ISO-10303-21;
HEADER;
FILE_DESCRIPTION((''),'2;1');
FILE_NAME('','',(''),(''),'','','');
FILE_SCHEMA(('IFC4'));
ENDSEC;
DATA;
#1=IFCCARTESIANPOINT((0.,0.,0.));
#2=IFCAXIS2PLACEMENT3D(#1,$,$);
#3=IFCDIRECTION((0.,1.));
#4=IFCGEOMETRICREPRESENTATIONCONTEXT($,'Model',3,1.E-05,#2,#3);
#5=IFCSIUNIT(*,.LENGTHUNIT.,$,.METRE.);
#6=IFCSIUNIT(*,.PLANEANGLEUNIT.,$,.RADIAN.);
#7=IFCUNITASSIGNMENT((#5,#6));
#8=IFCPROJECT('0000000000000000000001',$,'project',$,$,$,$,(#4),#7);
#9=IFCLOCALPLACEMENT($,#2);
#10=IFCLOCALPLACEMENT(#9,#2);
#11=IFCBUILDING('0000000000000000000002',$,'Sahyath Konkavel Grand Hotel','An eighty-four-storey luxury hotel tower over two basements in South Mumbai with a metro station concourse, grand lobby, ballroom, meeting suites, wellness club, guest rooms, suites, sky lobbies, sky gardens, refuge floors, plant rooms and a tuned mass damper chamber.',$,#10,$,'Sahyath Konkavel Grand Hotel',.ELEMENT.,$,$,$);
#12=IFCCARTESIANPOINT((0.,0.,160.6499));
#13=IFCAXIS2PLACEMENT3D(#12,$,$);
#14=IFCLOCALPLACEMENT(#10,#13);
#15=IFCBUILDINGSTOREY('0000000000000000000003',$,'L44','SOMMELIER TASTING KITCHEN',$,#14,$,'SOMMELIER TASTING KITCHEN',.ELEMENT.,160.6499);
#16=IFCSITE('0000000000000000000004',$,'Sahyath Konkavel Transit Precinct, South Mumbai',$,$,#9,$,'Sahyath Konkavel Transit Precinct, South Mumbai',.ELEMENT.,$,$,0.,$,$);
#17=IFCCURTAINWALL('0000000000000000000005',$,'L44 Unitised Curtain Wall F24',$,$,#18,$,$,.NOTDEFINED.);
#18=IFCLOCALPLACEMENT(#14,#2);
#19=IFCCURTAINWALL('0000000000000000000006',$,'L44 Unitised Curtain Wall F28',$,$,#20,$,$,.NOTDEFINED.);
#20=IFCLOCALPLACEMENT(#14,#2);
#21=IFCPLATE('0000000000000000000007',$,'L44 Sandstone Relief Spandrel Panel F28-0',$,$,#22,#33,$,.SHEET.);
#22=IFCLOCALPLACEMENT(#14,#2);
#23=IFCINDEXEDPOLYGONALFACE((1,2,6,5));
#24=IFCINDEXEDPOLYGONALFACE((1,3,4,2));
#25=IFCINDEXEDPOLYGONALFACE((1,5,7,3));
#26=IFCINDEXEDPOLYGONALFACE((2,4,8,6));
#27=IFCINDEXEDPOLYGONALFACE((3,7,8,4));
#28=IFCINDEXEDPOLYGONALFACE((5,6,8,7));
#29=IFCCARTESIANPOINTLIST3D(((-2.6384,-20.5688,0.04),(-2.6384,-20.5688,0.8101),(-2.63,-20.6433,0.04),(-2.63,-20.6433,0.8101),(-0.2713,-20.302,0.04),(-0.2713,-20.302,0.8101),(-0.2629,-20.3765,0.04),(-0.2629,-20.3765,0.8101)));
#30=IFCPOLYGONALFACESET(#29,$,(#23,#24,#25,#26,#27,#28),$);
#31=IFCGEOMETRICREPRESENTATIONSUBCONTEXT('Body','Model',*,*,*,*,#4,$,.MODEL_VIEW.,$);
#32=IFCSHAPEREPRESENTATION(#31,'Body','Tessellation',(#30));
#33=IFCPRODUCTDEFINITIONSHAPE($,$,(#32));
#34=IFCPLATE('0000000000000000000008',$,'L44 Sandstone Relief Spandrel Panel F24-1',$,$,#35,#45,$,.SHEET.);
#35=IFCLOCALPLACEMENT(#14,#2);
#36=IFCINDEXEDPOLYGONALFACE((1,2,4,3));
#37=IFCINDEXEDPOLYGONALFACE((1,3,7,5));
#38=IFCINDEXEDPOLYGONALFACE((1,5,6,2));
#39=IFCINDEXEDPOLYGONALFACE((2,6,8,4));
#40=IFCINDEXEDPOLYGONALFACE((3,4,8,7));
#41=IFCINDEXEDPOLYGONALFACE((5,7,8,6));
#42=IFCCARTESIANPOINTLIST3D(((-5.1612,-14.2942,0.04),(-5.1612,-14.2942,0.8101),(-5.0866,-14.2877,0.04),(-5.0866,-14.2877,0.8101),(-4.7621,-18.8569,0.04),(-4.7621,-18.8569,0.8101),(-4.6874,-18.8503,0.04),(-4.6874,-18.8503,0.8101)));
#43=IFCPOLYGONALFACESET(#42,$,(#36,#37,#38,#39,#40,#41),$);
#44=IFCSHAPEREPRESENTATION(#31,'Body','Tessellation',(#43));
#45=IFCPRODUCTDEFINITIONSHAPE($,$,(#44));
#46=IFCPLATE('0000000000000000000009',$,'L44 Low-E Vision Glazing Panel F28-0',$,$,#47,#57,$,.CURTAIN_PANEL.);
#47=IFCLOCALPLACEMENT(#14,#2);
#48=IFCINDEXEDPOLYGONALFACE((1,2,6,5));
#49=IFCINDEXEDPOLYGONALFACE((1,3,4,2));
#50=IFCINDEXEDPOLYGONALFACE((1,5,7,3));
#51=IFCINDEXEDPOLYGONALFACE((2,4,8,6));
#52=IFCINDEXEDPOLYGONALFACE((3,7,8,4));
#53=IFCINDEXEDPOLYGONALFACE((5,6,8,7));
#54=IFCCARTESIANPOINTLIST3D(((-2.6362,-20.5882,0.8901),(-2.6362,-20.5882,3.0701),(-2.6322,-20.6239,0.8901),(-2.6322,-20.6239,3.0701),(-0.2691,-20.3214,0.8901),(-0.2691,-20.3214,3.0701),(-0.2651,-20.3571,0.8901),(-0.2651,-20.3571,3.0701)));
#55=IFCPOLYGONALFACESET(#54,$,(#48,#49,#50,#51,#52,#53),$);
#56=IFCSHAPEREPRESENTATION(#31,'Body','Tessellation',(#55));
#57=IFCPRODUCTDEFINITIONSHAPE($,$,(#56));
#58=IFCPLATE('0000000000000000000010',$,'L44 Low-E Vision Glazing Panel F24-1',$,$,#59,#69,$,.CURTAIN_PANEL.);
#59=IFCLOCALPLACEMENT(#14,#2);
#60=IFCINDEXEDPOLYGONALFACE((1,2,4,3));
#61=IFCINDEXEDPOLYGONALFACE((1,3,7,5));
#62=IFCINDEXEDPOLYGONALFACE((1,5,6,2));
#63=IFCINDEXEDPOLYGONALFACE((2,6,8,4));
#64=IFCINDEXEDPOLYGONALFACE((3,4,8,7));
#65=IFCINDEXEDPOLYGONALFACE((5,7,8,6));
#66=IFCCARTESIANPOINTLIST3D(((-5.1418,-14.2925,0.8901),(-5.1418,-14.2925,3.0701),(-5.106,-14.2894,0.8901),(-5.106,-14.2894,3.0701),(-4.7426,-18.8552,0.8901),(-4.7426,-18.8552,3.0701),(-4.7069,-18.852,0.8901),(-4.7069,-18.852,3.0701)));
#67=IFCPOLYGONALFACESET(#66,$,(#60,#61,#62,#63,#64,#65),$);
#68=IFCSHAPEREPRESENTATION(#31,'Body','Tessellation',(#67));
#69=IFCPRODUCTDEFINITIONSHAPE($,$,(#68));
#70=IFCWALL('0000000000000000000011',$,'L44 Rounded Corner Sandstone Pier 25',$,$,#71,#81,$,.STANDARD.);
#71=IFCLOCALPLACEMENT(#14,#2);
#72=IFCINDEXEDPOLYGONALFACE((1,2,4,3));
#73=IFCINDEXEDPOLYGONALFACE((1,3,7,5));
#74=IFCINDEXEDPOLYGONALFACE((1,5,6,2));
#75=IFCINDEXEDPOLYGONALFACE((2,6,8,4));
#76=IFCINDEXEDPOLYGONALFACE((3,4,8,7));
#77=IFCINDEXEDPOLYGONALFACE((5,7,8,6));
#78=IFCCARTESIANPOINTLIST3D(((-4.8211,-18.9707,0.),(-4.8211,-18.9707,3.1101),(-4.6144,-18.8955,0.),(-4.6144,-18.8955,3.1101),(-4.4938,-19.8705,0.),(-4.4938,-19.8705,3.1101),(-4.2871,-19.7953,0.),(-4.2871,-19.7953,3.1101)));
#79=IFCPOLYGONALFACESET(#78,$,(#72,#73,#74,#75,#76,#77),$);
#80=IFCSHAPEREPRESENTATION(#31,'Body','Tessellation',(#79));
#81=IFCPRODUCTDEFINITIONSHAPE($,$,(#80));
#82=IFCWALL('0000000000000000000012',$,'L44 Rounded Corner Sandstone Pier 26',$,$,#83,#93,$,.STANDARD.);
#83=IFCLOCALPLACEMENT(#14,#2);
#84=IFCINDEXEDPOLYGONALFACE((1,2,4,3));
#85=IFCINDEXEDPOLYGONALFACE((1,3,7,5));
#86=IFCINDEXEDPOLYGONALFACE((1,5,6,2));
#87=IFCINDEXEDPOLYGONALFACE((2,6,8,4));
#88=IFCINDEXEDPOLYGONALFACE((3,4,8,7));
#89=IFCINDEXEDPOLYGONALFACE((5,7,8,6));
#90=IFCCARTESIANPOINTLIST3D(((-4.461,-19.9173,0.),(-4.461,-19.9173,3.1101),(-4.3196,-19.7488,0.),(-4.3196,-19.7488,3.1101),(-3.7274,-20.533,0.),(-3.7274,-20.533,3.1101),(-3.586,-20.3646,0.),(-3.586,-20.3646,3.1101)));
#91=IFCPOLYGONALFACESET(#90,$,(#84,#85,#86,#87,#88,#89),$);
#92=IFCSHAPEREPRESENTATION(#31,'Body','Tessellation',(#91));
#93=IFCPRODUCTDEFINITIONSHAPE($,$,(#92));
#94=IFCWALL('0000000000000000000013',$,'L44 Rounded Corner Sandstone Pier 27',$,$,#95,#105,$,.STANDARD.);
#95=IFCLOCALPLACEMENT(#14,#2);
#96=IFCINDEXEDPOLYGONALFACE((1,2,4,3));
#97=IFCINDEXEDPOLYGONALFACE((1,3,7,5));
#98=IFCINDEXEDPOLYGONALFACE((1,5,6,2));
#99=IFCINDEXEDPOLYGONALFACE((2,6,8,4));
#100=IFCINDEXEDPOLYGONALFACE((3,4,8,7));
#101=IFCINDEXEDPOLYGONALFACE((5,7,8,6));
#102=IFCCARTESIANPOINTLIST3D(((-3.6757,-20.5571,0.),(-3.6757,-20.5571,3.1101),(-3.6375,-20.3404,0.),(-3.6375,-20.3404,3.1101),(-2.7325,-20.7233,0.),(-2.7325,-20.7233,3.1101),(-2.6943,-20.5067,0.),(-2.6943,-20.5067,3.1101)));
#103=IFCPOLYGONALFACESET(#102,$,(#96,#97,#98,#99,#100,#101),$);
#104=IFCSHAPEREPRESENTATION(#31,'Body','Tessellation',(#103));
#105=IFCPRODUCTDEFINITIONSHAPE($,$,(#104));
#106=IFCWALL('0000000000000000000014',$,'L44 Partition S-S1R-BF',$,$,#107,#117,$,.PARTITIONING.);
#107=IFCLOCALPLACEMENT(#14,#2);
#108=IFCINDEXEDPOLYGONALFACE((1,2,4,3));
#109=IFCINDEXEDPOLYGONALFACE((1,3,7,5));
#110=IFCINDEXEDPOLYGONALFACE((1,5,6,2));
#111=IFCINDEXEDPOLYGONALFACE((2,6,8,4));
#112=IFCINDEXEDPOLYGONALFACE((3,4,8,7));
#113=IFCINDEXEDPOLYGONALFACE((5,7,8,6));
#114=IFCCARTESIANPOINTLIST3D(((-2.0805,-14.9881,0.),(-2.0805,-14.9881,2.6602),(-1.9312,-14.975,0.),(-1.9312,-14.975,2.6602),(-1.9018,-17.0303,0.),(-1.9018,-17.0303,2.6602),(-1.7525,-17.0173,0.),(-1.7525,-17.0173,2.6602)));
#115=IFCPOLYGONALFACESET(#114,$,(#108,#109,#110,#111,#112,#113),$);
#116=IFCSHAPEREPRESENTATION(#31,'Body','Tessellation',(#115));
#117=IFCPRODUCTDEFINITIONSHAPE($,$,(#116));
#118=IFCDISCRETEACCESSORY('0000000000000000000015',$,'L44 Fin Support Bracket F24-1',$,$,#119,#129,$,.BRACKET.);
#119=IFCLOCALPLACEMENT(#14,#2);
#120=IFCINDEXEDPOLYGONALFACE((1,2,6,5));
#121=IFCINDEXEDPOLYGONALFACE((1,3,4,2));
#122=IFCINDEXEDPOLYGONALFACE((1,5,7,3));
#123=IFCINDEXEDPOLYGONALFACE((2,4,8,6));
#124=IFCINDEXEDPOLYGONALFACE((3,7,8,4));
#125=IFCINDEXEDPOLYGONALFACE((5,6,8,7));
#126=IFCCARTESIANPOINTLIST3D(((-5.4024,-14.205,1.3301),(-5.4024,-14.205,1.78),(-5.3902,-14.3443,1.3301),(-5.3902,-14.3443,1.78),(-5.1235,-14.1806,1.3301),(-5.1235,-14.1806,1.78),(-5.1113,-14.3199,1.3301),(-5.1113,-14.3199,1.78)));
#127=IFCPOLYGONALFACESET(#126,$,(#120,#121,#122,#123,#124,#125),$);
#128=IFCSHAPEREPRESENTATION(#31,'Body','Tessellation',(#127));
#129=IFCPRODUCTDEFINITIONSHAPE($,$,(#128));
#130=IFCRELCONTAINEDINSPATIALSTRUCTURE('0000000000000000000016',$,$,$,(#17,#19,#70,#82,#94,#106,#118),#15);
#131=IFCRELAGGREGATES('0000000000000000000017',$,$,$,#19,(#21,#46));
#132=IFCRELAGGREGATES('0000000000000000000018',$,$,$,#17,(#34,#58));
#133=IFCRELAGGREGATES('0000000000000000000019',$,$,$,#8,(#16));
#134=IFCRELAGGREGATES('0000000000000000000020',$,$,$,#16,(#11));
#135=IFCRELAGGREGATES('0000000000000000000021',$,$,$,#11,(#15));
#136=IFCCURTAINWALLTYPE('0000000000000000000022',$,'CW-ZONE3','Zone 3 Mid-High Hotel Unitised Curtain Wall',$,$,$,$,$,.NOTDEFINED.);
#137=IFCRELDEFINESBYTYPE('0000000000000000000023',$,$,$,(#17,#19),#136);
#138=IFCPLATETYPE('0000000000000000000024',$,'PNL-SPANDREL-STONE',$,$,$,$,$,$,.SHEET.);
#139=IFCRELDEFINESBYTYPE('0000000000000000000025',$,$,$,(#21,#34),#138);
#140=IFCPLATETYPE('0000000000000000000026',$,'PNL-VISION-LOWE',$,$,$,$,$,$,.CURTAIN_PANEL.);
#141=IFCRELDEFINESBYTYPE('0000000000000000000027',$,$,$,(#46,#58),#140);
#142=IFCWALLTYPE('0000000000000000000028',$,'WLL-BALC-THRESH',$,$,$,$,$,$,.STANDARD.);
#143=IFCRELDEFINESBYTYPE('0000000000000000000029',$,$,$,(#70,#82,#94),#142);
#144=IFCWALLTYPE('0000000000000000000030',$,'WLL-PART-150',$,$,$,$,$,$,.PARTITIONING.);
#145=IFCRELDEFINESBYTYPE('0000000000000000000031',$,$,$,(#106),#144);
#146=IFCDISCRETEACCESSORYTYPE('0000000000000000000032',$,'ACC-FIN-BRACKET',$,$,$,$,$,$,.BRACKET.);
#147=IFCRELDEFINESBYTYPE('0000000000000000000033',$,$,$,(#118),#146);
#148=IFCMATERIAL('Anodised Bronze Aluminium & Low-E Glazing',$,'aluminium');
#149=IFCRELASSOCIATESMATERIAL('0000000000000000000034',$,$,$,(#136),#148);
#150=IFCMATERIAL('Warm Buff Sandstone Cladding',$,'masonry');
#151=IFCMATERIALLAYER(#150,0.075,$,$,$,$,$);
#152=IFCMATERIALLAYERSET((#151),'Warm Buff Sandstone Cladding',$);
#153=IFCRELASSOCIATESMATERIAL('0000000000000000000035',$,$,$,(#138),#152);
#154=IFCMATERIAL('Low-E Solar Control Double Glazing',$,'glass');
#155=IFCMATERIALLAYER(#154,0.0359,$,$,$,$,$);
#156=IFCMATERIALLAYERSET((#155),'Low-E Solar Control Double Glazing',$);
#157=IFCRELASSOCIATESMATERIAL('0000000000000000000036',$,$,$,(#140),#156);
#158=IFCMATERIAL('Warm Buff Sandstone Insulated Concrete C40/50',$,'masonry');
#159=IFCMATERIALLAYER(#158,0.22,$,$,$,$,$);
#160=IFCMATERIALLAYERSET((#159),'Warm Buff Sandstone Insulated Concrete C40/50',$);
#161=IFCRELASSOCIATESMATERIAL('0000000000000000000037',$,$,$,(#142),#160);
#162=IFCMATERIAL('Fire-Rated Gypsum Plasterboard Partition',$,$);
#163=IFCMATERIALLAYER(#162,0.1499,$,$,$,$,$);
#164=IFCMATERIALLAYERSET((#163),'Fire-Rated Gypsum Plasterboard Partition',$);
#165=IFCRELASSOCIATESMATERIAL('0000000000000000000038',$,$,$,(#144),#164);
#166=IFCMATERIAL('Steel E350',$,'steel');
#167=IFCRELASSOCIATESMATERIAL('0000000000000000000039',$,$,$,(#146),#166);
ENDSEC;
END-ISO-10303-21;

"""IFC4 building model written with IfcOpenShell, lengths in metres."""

from ifc_helpers import new_model, si_unit, direction, frame, frame_2d, origin, origin_2d, place, context, subcontext, project, spatial, rectangle, extrude, source, transform, mapped, material, layer, layer_set, type_object, element, aggregate, save


model = new_model("IFC4")

# Units and contexts
model_context = context("Model", 3, precision=1e-05, world=origin(), true_north=direction((0.0, 1.0)))
body_context = subcontext(model_context, "Body", "Model", "MODEL_VIEW")
ifc_project = project(units=[si_unit("LENGTHUNIT", "METRE"), si_unit("PLANEANGLEUNIT", "RADIAN")], contexts=[model_context])

# Site, building, storey
site_placement = place(None, origin())
site = spatial("IfcSite", under=ifc_project, at=site_placement, Name="Sahyath Konkavel Transit Precinct, South Mumbai", LongName="Sahyath Konkavel Transit Precinct, South Mumbai", CompositionType="ELEMENT", RefElevation=0.0)
building_placement = place(site_placement, origin())
building = spatial("IfcBuilding", under=site, at=building_placement, Name="Sahyath Konkavel Grand Hotel", Description="An eighty-four-storey luxury hotel tower over two basements in South Mumbai with a metro station concourse, grand lobby, ballroom, meeting suites, wellness club, guest rooms, suites, sky lobbies, sky gardens, refuge floors, plant rooms and a tuned mass damper chamber.", LongName="Sahyath Konkavel Grand Hotel", CompositionType="ELEMENT")
storey_placement = place(building_placement, frame((0.0, 0.0, 160.6499)))
storey = spatial("IfcBuildingStorey", under=building, at=storey_placement, Name="L44", Description="SOMMELIER TASTING KITCHEN", LongName="SOMMELIER TASTING KITCHEN", CompositionType="ELEMENT", Elevation=160.6499)

# Shared definitions
ifc_material_1 = material(Name="Steel E350", Category="steel")

# Curtain walls
ifc_material_2 = material(Name="Anodised Bronze Aluminium & Low-E Glazing", Category="aluminium")
curtain_wall_type = type_object("IfcCurtainWallType", Name="CW-ZONE3", Description="Zone 3 Mid-High Hotel Unitised Curtain Wall", PredefinedType="NOTDEFINED", material=ifc_material_2)
curtain_wall_1_placement = place(storey_placement, origin())
curtain_wall_1 = element("IfcCurtainWall", 1, at=curtain_wall_1_placement, inside=storey, type_object=curtain_wall_type, Name="L44 Unitised Curtain Wall F24", PredefinedType="NOTDEFINED")
curtain_wall_2_placement = place(storey_placement, origin())
curtain_wall_2 = element("IfcCurtainWall", 2, at=curtain_wall_2_placement, inside=storey, type_object=curtain_wall_type, Name="L44 Unitised Curtain Wall F28", PredefinedType="NOTDEFINED")

# Plates
ifc_material_3 = material(Name="Warm Buff Sandstone Cladding", Category="masonry")
ifc_layer_1 = layer(ifc_material_3, 0.075)
ifc_layer_set_1 = layer_set([ifc_layer_1], Name="Warm Buff Sandstone Cladding")
plate_type_1 = type_object("IfcPlateType", Name="PNL-SPANDREL-STONE", PredefinedType="SHEET", material=ifc_layer_set_1)
shared_shape_1 = source(origin(), body_context, "Body", "SweptSolid", [
    extrude(rectangle(XDim=2.3821, YDim=0.075, at=origin_2d()), origin(), (0.0, 0.0, 1.0), 0.77),
])
plate_1_placement = place(storey_placement, frame((-1.4507, -20.4727, 0.04), z_axis=(0.0, 0.0, 1.0), x_axis=(0.993707, 0.112007, 0.0)))
plate_1 = element("IfcPlate", 3, at=plate_1_placement, type_object=plate_type_1, Name="L44 Sandstone Relief Spandrel Panel F28-0", PredefinedType="SHEET", context=body_context, shape_type="MappedRepresentation", body=[
    mapped(shared_shape_1, transform((0.0, 0.0, 0.0), scale=1.0)),
])
shared_shape_2 = source(origin(), body_context, "Body", "SweptSolid", [
    extrude(rectangle(XDim=4.5801, YDim=0.075, at=origin_2d()), origin(), (0.0, 0.0, 1.0), 0.77),
])
plate_2_placement = place(storey_placement, frame((-4.9243, -16.5723, 0.04), z_axis=(0.0, 0.0, 1.0), x_axis=(0.087156, -0.996195, 0.0)))
plate_2 = element("IfcPlate", 4, at=plate_2_placement, type_object=plate_type_1, Name="L44 Sandstone Relief Spandrel Panel F24-1", PredefinedType="SHEET", context=body_context, shape_type="MappedRepresentation", body=[
    mapped(shared_shape_2, transform((0.0, 0.0, 0.0), scale=1.0)),
])
ifc_material_4 = material(Name="Low-E Solar Control Double Glazing", Category="glass")
ifc_layer_2 = layer(ifc_material_4, 0.0359)
ifc_layer_set_2 = layer_set([ifc_layer_2], Name="Low-E Solar Control Double Glazing")
plate_type_2 = type_object("IfcPlateType", Name="PNL-VISION-LOWE", PredefinedType="CURTAIN_PANEL", material=ifc_layer_set_2)
shared_shape_3 = source(origin(), body_context, "Body", "SweptSolid", [
    extrude(rectangle(XDim=2.3821, YDim=0.0359, at=origin_2d()), origin(), (0.0, 0.0, 1.0), 2.1799),
])
plate_3_placement = place(storey_placement, frame((-1.4507, -20.4727, 0.8901), z_axis=(0.0, 0.0, 1.0), x_axis=(0.993707, 0.112007, 0.0)))
plate_3 = element("IfcPlate", 5, at=plate_3_placement, type_object=plate_type_2, Name="L44 Low-E Vision Glazing Panel F28-0", PredefinedType="CURTAIN_PANEL", context=body_context, shape_type="MappedRepresentation", body=[
    mapped(shared_shape_3, transform((0.0, 0.0, 0.0), scale=1.0)),
])
aggregate(curtain_wall_2, [plate_1, plate_3])
shared_shape_4 = source(origin(), body_context, "Body", "SweptSolid", [
    extrude(rectangle(XDim=4.5801, YDim=0.0359, at=origin_2d()), origin(), (0.0, 0.0, 1.0), 2.1799),
])
plate_4_placement = place(storey_placement, frame((-4.9243, -16.5723, 0.8901), z_axis=(0.0, 0.0, 1.0), x_axis=(0.087156, -0.996195, 0.0)))
plate_4 = element("IfcPlate", 6, at=plate_4_placement, type_object=plate_type_2, Name="L44 Low-E Vision Glazing Panel F24-1", PredefinedType="CURTAIN_PANEL", context=body_context, shape_type="MappedRepresentation", body=[
    mapped(shared_shape_4, transform((0.0, 0.0, 0.0), scale=1.0)),
])
aggregate(curtain_wall_1, [plate_2, plate_4])

# Walls
ifc_material_5 = material(Name="Warm Buff Sandstone Insulated Concrete C40/50", Category="masonry")
ifc_layer_3 = layer(ifc_material_5, 0.22)
ifc_layer_set_3 = layer_set([ifc_layer_3], Name="Warm Buff Sandstone Insulated Concrete C40/50")
wall_type_1 = type_object("IfcWallType", Name="WLL-BALC-THRESH", PredefinedType="STANDARD", material=ifc_layer_set_3)
wall_1_placement = place(storey_placement, frame((-4.7178, -18.9331, 0.0), z_axis=(0.0, 0.0, 1.0), x_axis=(0.341886, -0.939741, 0.0)))
element("IfcWall", 7, at=wall_1_placement, inside=storey, type_object=wall_type_1, Name="L44 Rounded Corner Sandstone Pier 25", PredefinedType="STANDARD", context=body_context, shape_type="SweptSolid", body=[
    extrude(rectangle(XDim=0.9575, YDim=0.22, at=frame_2d((0.4788, 0.0))), origin(), (0.0, 0.0, 1.0), 3.1101),
])
for number, where, z_axis, x_axis, name in (
    (8, (-4.3904, -19.833, 0.0), (0.0, 0.0, 1.0), (0.765981, -0.642863, 0.0), "L44 Rounded Corner Sandstone Pier 26"),
    (9, (-3.6567, -20.4487, 0.0), (0.0, 0.0, 1.0), (0.984814, -0.173611, 0.0), "L44 Rounded Corner Sandstone Pier 27"),
):
    element("IfcWall", number, at=place(storey_placement, frame(where, z_axis=z_axis, x_axis=x_axis)), inside=storey, type_object=wall_type_1, Name=name, PredefinedType="STANDARD", context=body_context, shape_type="SweptSolid", body=[
        extrude(rectangle(XDim=0.9578, YDim=0.22, at=frame_2d((0.479, 0.0))), origin(), (0.0, 0.0, 1.0), 3.1101),
    ])
ifc_material_6 = material(Name="Fire-Rated Gypsum Plasterboard Partition")
ifc_layer_4 = layer(ifc_material_6, 0.1499)
ifc_layer_set_4 = layer_set([ifc_layer_4], Name="Fire-Rated Gypsum Plasterboard Partition")
wall_type_2 = type_object("IfcWallType", Name="WLL-PART-150", PredefinedType="PARTITIONING", material=ifc_layer_set_4)
wall_2_placement = place(storey_placement, frame((-2.0059, -14.9817, 0.0), z_axis=(0.0, 0.0, 1.0), x_axis=(0.087174, -0.996193, 0.0)))
element("IfcWall", 10, at=wall_2_placement, inside=storey, type_object=wall_type_2, Name="L44 Partition S-S1R-BF", PredefinedType="PARTITIONING", context=body_context, shape_type="SweptSolid", body=[
    extrude(rectangle(XDim=2.05, YDim=0.1499, at=frame_2d((1.0249, 0.0))), origin(), (0.0, 0.0, 1.0), 2.6602),
])

# Discrete accessory
discrete_accessory_type = type_object("IfcDiscreteAccessoryType", Name="ACC-FIN-BRACKET", PredefinedType="BRACKET", material=ifc_material_1)
shared_shape_5 = source(origin(), body_context, "Body", "SweptSolid", [
    extrude(rectangle(XDim=0.28, YDim=0.1399, at=origin_2d()), origin(), (0.0, 0.0, 1.0), 0.45),
])
discrete_accessory_placement = place(storey_placement, frame((-5.2568, -14.2625, 1.3301), z_axis=(0.0, 0.0, 1.0), x_axis=(-0.996195, -0.087156, 0.0)))
element("IfcDiscreteAccessory", 11, at=discrete_accessory_placement, inside=storey, type_object=discrete_accessory_type, Name="L44 Fin Support Bracket F24-1", PredefinedType="BRACKET", context=body_context, shape_type="MappedRepresentation", body=[
    mapped(shared_shape_5, transform((0.0, 0.0, 0.0), scale=1.0)),
])

save(model, "model.ifc")
